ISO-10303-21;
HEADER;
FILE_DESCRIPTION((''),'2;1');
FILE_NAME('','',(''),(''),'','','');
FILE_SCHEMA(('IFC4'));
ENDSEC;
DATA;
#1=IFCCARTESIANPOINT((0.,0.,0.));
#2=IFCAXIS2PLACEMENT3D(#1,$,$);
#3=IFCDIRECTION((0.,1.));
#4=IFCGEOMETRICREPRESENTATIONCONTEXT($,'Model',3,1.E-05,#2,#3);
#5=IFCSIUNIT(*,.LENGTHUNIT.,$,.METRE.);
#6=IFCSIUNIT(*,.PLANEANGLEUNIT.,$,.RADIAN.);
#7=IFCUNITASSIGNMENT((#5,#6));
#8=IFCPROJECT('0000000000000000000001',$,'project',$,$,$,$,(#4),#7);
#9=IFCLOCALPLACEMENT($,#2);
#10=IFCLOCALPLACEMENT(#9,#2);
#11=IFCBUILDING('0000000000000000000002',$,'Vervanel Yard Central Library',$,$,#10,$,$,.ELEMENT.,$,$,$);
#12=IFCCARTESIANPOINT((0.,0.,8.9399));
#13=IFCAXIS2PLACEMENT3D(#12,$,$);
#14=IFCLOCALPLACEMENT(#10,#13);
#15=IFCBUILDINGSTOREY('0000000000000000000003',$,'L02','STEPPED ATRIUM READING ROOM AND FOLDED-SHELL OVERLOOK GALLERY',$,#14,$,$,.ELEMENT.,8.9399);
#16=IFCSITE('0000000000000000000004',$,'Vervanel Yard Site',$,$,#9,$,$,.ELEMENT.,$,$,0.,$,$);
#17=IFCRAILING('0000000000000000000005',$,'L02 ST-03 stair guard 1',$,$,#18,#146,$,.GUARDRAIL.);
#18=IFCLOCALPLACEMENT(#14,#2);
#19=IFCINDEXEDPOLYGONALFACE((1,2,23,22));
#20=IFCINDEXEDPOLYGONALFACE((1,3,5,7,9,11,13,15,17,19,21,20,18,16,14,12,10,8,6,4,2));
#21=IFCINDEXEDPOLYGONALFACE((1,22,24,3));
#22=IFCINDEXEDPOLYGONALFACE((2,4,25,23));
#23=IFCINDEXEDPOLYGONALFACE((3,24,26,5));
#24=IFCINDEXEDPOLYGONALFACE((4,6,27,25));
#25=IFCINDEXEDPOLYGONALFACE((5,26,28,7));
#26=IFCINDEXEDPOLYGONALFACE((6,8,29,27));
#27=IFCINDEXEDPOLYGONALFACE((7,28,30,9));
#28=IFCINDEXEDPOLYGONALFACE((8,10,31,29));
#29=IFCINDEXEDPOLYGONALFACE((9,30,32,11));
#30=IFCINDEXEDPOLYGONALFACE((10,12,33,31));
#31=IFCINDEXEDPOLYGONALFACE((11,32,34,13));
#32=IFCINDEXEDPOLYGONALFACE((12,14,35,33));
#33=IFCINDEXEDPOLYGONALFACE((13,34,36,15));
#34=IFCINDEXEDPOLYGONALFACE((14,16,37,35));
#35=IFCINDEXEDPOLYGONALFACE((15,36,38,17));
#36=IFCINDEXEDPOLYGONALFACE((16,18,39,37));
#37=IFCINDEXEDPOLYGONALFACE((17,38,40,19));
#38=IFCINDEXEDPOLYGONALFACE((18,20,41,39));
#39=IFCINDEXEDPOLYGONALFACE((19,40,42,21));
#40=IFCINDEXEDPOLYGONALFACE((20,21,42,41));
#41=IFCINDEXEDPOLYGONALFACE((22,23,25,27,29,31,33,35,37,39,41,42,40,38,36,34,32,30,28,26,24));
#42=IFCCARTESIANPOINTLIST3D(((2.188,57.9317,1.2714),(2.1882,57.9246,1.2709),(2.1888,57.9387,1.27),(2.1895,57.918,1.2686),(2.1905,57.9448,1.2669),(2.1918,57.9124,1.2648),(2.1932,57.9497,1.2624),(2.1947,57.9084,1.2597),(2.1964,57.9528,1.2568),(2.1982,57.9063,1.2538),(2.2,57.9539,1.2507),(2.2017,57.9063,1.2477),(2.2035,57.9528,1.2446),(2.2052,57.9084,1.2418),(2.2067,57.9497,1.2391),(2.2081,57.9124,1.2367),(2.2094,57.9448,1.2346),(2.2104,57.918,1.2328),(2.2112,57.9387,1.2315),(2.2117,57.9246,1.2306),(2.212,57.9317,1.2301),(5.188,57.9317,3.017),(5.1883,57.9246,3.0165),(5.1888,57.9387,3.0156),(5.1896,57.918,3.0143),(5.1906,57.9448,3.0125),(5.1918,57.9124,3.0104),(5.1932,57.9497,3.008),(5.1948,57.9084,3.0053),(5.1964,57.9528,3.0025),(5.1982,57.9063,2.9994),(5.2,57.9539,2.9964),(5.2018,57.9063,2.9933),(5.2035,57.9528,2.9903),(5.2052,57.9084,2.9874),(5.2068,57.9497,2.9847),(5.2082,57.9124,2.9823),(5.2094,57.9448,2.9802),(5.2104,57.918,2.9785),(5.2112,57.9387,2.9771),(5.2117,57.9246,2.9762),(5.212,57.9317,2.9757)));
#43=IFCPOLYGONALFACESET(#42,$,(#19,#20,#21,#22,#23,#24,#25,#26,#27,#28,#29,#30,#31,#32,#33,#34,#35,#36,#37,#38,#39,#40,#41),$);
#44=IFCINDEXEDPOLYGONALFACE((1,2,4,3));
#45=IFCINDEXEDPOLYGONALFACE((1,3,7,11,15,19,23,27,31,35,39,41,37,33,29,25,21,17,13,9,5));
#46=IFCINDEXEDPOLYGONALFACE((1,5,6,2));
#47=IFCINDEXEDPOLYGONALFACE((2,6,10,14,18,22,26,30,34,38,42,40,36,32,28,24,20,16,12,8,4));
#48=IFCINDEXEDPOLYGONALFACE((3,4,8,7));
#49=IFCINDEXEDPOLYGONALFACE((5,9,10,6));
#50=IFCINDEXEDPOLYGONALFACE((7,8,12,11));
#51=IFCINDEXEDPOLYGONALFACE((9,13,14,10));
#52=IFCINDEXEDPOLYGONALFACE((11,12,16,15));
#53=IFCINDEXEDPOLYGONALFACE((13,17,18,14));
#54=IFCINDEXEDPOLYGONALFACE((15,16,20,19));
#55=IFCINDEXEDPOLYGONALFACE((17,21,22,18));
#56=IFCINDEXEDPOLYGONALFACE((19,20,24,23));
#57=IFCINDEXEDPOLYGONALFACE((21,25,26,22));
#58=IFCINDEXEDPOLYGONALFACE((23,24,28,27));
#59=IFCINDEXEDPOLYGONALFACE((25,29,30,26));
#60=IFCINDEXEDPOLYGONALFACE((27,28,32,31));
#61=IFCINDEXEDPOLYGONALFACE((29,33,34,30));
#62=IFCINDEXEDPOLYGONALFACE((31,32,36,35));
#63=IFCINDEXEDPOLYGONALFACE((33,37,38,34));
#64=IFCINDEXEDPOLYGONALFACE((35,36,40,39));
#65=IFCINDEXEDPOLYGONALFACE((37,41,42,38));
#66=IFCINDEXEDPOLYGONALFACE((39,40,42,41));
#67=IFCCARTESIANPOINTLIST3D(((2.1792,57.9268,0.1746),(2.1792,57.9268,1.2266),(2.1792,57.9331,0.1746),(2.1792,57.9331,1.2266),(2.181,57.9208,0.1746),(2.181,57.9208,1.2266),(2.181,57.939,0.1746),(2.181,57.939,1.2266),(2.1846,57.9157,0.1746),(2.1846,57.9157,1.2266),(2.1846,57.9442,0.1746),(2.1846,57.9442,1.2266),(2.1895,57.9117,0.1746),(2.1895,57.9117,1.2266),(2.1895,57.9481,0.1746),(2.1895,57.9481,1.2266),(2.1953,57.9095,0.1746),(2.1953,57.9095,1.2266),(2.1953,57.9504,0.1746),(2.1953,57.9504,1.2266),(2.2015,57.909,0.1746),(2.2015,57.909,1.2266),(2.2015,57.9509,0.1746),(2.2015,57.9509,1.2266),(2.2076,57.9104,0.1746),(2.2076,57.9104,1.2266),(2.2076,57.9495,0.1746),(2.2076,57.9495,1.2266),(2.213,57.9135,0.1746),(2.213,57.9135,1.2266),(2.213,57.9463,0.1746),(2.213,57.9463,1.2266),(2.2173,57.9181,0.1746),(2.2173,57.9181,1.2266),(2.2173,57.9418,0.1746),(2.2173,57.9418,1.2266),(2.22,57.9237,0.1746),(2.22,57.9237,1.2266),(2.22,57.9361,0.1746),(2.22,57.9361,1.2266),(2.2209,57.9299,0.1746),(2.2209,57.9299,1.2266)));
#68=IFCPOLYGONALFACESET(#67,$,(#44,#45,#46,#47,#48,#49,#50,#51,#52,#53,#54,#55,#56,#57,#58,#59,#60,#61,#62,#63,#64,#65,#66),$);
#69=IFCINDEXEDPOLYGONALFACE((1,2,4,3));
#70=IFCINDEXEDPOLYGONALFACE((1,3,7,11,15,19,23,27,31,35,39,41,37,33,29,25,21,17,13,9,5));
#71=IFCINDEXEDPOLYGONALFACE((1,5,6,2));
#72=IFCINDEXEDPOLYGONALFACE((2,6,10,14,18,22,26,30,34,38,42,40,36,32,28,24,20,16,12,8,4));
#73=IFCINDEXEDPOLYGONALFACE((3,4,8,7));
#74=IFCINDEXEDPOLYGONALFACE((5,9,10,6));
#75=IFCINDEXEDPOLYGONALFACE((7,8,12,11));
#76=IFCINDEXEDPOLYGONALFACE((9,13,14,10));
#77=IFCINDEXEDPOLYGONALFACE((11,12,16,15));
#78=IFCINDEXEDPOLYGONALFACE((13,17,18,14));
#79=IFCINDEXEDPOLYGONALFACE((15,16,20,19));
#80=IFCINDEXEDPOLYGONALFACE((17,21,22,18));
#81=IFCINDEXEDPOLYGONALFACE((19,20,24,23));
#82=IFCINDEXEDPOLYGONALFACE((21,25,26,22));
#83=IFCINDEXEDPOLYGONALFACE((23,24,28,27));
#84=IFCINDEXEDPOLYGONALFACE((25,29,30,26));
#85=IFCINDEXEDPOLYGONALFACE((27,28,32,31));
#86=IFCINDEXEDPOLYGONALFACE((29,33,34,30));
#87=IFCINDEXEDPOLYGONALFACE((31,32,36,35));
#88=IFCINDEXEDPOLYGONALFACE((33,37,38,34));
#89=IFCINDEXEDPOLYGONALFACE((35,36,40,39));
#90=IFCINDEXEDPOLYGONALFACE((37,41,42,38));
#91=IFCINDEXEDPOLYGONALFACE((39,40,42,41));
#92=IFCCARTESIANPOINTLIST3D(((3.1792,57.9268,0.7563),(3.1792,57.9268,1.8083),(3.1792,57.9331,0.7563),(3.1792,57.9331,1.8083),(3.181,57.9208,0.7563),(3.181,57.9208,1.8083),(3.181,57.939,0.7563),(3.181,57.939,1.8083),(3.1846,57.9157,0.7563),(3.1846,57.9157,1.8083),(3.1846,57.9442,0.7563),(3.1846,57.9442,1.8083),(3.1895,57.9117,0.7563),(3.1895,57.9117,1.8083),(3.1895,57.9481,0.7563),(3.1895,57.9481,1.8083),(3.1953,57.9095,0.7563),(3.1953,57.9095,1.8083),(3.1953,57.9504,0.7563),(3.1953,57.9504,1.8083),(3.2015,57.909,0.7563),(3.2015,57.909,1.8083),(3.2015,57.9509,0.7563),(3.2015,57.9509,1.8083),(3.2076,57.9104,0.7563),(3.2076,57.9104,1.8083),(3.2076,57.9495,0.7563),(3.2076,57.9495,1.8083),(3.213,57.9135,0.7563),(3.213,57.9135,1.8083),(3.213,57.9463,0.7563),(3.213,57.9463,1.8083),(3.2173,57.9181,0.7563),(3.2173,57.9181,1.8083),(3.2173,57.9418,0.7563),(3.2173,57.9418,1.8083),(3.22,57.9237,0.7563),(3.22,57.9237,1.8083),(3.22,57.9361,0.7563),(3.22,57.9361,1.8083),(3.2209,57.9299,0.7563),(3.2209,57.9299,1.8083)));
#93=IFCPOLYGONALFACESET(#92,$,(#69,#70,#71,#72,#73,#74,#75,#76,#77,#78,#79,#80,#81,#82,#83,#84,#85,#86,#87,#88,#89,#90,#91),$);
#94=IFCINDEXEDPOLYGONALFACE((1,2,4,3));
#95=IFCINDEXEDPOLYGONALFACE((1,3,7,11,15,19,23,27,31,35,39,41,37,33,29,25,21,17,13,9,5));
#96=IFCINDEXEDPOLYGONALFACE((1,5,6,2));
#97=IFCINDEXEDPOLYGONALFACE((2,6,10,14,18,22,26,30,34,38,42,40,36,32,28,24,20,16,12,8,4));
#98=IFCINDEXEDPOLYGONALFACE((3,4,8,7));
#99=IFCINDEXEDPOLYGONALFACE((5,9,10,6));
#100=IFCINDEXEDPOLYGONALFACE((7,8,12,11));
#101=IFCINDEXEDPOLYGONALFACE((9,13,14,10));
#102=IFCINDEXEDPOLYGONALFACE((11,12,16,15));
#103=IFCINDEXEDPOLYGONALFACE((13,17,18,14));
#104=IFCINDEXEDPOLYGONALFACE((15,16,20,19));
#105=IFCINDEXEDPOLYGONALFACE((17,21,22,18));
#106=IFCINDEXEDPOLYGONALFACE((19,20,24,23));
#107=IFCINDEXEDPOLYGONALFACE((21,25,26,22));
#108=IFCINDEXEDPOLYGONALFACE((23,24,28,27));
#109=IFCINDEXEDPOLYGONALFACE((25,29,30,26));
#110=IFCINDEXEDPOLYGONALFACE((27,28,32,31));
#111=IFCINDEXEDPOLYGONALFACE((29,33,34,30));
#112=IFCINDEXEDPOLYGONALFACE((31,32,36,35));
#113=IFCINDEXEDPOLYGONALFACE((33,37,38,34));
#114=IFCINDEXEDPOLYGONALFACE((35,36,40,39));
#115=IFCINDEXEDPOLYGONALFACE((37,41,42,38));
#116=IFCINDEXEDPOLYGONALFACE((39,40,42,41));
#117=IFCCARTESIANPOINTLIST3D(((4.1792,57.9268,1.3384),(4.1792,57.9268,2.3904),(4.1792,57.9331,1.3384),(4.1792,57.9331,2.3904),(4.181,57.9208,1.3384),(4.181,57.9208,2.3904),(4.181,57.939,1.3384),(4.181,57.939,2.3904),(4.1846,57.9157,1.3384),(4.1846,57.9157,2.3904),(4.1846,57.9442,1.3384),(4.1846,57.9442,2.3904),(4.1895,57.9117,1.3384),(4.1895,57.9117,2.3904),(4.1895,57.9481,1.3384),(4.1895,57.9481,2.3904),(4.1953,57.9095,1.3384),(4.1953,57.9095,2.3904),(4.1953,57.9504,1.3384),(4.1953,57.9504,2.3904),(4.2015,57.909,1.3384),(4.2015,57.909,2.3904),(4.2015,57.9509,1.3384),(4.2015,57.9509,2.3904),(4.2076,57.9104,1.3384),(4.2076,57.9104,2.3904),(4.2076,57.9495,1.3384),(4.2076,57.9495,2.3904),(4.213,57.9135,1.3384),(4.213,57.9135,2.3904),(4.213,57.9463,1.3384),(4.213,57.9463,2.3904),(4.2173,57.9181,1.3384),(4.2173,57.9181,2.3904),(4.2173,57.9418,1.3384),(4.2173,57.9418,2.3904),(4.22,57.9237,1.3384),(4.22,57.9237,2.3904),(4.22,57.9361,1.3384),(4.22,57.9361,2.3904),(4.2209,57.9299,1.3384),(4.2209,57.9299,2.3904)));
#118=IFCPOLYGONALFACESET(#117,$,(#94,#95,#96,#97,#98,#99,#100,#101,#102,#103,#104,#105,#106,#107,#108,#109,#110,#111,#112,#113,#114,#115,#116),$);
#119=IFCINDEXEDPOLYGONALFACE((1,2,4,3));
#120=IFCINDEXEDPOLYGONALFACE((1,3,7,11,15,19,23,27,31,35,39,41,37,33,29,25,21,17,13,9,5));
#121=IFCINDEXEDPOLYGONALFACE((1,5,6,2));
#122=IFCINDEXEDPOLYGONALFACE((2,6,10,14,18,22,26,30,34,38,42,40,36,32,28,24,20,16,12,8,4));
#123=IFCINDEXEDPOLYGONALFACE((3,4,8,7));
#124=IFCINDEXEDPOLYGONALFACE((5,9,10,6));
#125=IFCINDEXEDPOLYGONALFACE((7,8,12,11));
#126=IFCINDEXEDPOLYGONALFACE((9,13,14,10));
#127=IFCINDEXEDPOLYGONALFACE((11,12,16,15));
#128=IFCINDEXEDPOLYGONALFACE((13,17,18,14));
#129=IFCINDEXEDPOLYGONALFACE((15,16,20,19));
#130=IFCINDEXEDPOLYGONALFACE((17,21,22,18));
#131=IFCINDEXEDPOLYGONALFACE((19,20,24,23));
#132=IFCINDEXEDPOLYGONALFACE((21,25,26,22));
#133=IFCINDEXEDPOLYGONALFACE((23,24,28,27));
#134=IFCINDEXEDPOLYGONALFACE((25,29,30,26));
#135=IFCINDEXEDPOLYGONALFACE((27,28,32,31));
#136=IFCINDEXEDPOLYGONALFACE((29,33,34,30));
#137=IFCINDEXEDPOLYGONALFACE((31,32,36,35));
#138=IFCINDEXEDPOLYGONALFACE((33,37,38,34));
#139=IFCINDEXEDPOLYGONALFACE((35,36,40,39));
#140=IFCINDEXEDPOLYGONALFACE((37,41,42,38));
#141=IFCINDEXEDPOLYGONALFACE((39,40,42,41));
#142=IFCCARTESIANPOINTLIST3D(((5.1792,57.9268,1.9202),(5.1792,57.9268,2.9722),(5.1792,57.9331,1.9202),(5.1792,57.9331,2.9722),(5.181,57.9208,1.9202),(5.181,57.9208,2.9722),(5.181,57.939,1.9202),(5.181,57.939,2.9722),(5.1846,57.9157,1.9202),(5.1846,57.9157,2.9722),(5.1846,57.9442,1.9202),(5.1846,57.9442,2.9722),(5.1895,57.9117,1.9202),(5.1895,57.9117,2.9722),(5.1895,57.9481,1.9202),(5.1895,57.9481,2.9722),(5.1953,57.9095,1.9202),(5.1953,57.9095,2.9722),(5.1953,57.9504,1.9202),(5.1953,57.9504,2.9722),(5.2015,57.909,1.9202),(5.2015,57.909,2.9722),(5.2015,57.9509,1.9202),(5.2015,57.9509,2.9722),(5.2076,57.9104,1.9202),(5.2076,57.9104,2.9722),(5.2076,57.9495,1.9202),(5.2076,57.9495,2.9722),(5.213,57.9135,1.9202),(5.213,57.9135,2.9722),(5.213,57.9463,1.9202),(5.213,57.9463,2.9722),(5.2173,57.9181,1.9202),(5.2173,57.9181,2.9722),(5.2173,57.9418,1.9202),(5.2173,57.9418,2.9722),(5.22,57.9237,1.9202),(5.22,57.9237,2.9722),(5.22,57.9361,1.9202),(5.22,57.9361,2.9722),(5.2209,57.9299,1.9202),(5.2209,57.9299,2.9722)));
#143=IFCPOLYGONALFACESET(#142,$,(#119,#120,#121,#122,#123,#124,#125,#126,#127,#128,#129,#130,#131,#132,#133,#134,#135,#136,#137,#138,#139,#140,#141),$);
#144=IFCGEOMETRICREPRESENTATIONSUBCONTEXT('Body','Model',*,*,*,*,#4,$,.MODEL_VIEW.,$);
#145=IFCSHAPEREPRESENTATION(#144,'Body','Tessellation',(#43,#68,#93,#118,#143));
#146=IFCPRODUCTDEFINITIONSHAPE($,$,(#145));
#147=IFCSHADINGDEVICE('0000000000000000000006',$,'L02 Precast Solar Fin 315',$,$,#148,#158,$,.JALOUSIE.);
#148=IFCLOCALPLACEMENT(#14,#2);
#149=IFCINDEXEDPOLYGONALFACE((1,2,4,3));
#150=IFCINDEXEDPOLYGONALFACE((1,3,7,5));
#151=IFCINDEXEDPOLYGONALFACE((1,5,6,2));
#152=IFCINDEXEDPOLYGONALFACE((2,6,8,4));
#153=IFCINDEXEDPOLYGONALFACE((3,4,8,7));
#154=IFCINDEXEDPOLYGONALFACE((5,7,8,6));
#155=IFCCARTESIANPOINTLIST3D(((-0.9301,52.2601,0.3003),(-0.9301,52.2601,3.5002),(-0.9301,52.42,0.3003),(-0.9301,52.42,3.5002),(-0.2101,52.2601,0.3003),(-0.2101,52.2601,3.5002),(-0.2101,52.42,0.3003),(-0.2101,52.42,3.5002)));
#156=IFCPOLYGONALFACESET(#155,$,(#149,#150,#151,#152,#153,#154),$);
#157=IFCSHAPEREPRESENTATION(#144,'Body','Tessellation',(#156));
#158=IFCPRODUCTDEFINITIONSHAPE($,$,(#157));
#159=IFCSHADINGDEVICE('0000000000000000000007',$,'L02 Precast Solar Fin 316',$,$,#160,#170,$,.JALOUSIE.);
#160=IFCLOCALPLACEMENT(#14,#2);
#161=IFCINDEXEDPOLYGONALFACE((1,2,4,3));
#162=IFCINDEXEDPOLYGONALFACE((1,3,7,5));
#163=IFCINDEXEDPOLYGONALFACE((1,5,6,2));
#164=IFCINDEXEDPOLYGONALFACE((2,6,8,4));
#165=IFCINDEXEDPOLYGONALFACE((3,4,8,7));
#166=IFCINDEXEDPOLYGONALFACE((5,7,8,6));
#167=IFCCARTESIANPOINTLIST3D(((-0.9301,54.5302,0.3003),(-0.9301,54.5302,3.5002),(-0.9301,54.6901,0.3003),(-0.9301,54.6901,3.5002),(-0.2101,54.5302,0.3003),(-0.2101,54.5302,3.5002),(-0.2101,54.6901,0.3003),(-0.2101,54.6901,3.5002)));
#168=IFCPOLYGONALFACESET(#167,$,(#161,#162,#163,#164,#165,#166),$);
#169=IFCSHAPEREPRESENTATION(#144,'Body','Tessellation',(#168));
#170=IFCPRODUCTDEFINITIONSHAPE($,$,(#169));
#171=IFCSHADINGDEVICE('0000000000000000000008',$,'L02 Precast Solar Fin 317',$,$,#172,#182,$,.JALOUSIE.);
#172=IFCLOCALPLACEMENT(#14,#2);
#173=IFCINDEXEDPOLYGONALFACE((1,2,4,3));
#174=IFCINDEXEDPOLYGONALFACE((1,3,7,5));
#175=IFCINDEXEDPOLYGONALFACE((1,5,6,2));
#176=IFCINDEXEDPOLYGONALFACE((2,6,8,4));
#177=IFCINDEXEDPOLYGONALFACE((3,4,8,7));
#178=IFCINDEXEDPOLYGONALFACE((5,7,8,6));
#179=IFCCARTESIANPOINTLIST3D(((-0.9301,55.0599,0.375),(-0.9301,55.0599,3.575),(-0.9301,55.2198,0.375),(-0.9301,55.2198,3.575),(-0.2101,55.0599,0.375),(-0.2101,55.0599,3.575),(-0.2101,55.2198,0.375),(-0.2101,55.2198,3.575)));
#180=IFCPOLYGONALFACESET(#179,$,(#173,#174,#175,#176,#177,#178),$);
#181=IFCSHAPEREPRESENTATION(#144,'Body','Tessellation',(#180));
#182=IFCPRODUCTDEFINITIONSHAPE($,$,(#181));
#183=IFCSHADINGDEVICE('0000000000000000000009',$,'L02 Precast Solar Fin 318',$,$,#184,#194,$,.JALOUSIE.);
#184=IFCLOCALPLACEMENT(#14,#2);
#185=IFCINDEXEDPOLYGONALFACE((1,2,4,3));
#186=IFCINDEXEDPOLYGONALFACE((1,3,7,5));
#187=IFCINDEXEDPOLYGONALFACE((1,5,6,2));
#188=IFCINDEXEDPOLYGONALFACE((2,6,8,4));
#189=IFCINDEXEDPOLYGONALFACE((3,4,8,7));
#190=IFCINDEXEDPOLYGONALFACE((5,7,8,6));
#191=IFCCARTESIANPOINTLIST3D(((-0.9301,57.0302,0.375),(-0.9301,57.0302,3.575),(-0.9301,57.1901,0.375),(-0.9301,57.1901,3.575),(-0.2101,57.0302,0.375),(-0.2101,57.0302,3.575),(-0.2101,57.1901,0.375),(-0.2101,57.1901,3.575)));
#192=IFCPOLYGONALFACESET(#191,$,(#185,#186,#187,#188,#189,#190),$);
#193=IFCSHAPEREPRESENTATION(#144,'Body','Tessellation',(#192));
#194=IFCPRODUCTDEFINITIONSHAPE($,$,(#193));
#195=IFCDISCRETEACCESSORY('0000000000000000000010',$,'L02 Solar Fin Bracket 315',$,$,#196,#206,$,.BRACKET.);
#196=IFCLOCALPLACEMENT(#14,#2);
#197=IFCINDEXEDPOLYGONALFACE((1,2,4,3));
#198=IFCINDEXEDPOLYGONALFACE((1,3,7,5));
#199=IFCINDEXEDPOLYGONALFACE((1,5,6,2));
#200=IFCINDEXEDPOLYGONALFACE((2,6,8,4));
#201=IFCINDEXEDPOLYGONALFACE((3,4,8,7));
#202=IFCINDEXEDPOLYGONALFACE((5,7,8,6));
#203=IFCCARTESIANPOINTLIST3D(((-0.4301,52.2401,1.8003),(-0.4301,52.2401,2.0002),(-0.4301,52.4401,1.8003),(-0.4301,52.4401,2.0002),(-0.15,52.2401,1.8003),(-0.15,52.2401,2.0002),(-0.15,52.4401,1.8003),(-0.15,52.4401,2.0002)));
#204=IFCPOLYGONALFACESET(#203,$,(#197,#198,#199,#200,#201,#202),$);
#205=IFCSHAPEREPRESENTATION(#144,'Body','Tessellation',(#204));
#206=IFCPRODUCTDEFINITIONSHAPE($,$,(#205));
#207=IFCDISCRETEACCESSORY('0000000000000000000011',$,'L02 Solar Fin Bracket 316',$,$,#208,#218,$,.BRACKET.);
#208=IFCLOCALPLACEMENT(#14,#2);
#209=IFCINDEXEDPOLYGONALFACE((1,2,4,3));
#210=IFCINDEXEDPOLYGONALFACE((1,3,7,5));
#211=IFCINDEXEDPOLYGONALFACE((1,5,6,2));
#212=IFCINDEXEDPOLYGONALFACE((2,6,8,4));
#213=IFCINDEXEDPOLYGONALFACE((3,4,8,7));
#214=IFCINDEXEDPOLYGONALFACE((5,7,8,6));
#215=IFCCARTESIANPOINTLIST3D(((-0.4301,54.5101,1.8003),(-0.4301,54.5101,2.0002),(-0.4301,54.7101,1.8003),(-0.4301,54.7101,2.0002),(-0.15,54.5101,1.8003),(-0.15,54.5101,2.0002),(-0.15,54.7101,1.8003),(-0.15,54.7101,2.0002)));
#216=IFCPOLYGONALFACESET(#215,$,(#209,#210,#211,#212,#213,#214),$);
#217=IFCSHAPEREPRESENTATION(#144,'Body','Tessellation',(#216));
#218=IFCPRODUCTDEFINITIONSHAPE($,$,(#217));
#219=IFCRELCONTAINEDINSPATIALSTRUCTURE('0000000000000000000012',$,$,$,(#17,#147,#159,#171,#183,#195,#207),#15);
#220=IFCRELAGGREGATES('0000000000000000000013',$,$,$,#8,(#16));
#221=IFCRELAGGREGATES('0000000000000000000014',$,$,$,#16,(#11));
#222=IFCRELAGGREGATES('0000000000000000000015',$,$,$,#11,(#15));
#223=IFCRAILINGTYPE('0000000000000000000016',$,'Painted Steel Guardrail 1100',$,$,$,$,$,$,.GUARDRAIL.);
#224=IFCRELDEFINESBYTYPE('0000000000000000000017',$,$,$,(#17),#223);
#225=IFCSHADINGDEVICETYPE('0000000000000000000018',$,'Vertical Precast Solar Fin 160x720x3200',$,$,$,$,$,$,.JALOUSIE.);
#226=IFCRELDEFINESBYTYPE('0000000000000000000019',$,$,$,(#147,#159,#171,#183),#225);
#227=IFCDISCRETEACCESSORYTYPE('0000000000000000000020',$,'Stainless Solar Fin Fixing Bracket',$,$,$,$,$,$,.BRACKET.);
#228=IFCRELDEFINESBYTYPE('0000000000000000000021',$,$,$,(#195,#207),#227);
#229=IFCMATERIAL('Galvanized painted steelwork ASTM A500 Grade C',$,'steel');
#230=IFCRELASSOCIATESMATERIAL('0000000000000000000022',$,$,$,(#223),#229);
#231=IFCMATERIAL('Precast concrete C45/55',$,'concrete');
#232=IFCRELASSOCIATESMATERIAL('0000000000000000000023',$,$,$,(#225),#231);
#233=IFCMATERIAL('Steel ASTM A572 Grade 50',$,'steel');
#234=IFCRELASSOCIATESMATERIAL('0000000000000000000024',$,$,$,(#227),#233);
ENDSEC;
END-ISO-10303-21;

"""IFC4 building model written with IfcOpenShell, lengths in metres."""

from ifc_helpers import new_model, si_unit, direction, frame, origin, origin_2d, place, context, subcontext, project, spatial, rectangle, circle, extrude, material, type_object, element, save


model = new_model("IFC4")

# Units and contexts
model_context = context("Model", 3, precision=1e-05, world=origin(), true_north=direction((0.0, 1.0)))
body_context = subcontext(model_context, "Body", "Model", "MODEL_VIEW")
ifc_project = project(units=[si_unit("LENGTHUNIT", "METRE"), si_unit("PLANEANGLEUNIT", "RADIAN")], contexts=[model_context])

# Site, building, storey
site_placement = place(None, origin())
site = spatial("IfcSite", under=ifc_project, at=site_placement, Name="Vervanel Yard Site", CompositionType="ELEMENT", RefElevation=0.0)
building_placement = place(site_placement, origin())
building = spatial("IfcBuilding", under=site, at=building_placement, Name="Vervanel Yard Central Library", CompositionType="ELEMENT")
storey_placement = place(building_placement, frame((0.0, 0.0, 8.9399)))
storey = spatial("IfcBuildingStorey", under=building, at=storey_placement, Name="L02", Description="STEPPED ATRIUM READING ROOM AND FOLDED-SHELL OVERLOOK GALLERY", CompositionType="ELEMENT", Elevation=8.9399)

# Shared definitions
ifc_material_1 = material(Name="Galvanized painted steelwork ASTM A500 Grade C", Category="steel")

# Shared definitions
ifc_material_2 = material(Name="Precast concrete C45/55", Category="concrete")

# Railing
railing_type_1 = type_object("IfcRailingType", Name="Painted Steel Guardrail 1100", PredefinedType="GUARDRAIL", material=ifc_material_1)
railing_1_placement = place(storey_placement, frame((2.2, 57.9299, 0.1746)))
element("IfcRailing", 1, at=railing_1_placement, inside=storey, type_object=railing_type_1, Name="L02 ST-03 stair guard 1", PredefinedType="GUARDRAIL", context=body_context, shape_type="SweptSolid", body=[
    extrude(circle(Radius=0.0239, at=origin_2d()), frame((0.0, 0.0, 1.0762), z_axis=(0.864329, 0.0, 0.502926), x_axis=(0.0, 1.0, 0.0)), (0.0, 0.0, 1.0), 3.4709),
    extrude(circle(Radius=0.021, at=origin_2d()), origin(), (0.0, 0.0, 1.0), 1.052),
    extrude(circle(Radius=0.021, at=origin_2d()), frame((1.0, 0.0, 0.5818)), (0.0, 0.0, 1.0), 1.052),
    extrude(circle(Radius=0.021, at=origin_2d()), frame((2.0, 0.0, 1.1638)), (0.0, 0.0, 1.0), 1.052),
    extrude(circle(Radius=0.021, at=origin_2d()), frame((3.0, 0.0, 1.7456)), (0.0, 0.0, 1.0), 1.052),
])

# Shading devices
shading_device_type_1 = type_object("IfcShadingDeviceType", Name="Vertical Precast Solar Fin 160x720x3200", PredefinedType="JALOUSIE", material=ifc_material_2)
for number, where, z_axis, x_axis, name in (
    (2, (-0.5701, 52.3401, 0.3003), (0.0, 0.0, 1.0), (0.0, 1.0, 0.0), "L02 Precast Solar Fin 315"),
    (3, (-0.5701, 54.6101, 0.3003), (0.0, 0.0, 1.0), (0.0, 1.0, 0.0), "L02 Precast Solar Fin 316"),
    (4, (-0.5701, 55.1399, 0.375), (0.0, 0.0, 1.0), (0.0, 1.0, 0.0), "L02 Precast Solar Fin 317"),
    (5, (-0.5701, 57.1101, 0.375), (0.0, 0.0, 1.0), (0.0, 1.0, 0.0), "L02 Precast Solar Fin 318"),
):
    element("IfcShadingDevice", number, at=place(storey_placement, frame(where, z_axis=z_axis, x_axis=x_axis)), inside=storey, type_object=shading_device_type_1, Name=name, PredefinedType="JALOUSIE", context=body_context, shape_type="SweptSolid", body=[
        extrude(rectangle(XDim=0.1599, YDim=0.72, at=origin_2d()), origin(), (0.0, 0.0, 1.0), 3.2),
    ])

# Discrete accessories
ifc_material_3 = material(Name="Steel ASTM A572 Grade 50", Category="steel")
discrete_accessory_type = type_object("IfcDiscreteAccessoryType", Name="Stainless Solar Fin Fixing Bracket", PredefinedType="BRACKET", material=ifc_material_3)
for number, where, z_axis, x_axis, name in (
    (6, (-0.29, 52.3401, 1.8003), (0.0, 0.0, 1.0), (0.0, 1.0, 0.0), "L02 Solar Fin Bracket 315"),
    (7, (-0.29, 54.6101, 1.8003), (0.0, 0.0, 1.0), (0.0, 1.0, 0.0), "L02 Solar Fin Bracket 316"),
):
    element("IfcDiscreteAccessory", number, at=place(storey_placement, frame(where, z_axis=z_axis, x_axis=x_axis)), inside=storey, type_object=discrete_accessory_type, Name=name, PredefinedType="BRACKET", context=body_context, shape_type="SweptSolid", body=[
        extrude(rectangle(XDim=0.2, YDim=0.28, at=origin_2d()), origin(), (0.0, 0.0, 1.0), 0.2),
    ])

save(model, "model.ifc")
